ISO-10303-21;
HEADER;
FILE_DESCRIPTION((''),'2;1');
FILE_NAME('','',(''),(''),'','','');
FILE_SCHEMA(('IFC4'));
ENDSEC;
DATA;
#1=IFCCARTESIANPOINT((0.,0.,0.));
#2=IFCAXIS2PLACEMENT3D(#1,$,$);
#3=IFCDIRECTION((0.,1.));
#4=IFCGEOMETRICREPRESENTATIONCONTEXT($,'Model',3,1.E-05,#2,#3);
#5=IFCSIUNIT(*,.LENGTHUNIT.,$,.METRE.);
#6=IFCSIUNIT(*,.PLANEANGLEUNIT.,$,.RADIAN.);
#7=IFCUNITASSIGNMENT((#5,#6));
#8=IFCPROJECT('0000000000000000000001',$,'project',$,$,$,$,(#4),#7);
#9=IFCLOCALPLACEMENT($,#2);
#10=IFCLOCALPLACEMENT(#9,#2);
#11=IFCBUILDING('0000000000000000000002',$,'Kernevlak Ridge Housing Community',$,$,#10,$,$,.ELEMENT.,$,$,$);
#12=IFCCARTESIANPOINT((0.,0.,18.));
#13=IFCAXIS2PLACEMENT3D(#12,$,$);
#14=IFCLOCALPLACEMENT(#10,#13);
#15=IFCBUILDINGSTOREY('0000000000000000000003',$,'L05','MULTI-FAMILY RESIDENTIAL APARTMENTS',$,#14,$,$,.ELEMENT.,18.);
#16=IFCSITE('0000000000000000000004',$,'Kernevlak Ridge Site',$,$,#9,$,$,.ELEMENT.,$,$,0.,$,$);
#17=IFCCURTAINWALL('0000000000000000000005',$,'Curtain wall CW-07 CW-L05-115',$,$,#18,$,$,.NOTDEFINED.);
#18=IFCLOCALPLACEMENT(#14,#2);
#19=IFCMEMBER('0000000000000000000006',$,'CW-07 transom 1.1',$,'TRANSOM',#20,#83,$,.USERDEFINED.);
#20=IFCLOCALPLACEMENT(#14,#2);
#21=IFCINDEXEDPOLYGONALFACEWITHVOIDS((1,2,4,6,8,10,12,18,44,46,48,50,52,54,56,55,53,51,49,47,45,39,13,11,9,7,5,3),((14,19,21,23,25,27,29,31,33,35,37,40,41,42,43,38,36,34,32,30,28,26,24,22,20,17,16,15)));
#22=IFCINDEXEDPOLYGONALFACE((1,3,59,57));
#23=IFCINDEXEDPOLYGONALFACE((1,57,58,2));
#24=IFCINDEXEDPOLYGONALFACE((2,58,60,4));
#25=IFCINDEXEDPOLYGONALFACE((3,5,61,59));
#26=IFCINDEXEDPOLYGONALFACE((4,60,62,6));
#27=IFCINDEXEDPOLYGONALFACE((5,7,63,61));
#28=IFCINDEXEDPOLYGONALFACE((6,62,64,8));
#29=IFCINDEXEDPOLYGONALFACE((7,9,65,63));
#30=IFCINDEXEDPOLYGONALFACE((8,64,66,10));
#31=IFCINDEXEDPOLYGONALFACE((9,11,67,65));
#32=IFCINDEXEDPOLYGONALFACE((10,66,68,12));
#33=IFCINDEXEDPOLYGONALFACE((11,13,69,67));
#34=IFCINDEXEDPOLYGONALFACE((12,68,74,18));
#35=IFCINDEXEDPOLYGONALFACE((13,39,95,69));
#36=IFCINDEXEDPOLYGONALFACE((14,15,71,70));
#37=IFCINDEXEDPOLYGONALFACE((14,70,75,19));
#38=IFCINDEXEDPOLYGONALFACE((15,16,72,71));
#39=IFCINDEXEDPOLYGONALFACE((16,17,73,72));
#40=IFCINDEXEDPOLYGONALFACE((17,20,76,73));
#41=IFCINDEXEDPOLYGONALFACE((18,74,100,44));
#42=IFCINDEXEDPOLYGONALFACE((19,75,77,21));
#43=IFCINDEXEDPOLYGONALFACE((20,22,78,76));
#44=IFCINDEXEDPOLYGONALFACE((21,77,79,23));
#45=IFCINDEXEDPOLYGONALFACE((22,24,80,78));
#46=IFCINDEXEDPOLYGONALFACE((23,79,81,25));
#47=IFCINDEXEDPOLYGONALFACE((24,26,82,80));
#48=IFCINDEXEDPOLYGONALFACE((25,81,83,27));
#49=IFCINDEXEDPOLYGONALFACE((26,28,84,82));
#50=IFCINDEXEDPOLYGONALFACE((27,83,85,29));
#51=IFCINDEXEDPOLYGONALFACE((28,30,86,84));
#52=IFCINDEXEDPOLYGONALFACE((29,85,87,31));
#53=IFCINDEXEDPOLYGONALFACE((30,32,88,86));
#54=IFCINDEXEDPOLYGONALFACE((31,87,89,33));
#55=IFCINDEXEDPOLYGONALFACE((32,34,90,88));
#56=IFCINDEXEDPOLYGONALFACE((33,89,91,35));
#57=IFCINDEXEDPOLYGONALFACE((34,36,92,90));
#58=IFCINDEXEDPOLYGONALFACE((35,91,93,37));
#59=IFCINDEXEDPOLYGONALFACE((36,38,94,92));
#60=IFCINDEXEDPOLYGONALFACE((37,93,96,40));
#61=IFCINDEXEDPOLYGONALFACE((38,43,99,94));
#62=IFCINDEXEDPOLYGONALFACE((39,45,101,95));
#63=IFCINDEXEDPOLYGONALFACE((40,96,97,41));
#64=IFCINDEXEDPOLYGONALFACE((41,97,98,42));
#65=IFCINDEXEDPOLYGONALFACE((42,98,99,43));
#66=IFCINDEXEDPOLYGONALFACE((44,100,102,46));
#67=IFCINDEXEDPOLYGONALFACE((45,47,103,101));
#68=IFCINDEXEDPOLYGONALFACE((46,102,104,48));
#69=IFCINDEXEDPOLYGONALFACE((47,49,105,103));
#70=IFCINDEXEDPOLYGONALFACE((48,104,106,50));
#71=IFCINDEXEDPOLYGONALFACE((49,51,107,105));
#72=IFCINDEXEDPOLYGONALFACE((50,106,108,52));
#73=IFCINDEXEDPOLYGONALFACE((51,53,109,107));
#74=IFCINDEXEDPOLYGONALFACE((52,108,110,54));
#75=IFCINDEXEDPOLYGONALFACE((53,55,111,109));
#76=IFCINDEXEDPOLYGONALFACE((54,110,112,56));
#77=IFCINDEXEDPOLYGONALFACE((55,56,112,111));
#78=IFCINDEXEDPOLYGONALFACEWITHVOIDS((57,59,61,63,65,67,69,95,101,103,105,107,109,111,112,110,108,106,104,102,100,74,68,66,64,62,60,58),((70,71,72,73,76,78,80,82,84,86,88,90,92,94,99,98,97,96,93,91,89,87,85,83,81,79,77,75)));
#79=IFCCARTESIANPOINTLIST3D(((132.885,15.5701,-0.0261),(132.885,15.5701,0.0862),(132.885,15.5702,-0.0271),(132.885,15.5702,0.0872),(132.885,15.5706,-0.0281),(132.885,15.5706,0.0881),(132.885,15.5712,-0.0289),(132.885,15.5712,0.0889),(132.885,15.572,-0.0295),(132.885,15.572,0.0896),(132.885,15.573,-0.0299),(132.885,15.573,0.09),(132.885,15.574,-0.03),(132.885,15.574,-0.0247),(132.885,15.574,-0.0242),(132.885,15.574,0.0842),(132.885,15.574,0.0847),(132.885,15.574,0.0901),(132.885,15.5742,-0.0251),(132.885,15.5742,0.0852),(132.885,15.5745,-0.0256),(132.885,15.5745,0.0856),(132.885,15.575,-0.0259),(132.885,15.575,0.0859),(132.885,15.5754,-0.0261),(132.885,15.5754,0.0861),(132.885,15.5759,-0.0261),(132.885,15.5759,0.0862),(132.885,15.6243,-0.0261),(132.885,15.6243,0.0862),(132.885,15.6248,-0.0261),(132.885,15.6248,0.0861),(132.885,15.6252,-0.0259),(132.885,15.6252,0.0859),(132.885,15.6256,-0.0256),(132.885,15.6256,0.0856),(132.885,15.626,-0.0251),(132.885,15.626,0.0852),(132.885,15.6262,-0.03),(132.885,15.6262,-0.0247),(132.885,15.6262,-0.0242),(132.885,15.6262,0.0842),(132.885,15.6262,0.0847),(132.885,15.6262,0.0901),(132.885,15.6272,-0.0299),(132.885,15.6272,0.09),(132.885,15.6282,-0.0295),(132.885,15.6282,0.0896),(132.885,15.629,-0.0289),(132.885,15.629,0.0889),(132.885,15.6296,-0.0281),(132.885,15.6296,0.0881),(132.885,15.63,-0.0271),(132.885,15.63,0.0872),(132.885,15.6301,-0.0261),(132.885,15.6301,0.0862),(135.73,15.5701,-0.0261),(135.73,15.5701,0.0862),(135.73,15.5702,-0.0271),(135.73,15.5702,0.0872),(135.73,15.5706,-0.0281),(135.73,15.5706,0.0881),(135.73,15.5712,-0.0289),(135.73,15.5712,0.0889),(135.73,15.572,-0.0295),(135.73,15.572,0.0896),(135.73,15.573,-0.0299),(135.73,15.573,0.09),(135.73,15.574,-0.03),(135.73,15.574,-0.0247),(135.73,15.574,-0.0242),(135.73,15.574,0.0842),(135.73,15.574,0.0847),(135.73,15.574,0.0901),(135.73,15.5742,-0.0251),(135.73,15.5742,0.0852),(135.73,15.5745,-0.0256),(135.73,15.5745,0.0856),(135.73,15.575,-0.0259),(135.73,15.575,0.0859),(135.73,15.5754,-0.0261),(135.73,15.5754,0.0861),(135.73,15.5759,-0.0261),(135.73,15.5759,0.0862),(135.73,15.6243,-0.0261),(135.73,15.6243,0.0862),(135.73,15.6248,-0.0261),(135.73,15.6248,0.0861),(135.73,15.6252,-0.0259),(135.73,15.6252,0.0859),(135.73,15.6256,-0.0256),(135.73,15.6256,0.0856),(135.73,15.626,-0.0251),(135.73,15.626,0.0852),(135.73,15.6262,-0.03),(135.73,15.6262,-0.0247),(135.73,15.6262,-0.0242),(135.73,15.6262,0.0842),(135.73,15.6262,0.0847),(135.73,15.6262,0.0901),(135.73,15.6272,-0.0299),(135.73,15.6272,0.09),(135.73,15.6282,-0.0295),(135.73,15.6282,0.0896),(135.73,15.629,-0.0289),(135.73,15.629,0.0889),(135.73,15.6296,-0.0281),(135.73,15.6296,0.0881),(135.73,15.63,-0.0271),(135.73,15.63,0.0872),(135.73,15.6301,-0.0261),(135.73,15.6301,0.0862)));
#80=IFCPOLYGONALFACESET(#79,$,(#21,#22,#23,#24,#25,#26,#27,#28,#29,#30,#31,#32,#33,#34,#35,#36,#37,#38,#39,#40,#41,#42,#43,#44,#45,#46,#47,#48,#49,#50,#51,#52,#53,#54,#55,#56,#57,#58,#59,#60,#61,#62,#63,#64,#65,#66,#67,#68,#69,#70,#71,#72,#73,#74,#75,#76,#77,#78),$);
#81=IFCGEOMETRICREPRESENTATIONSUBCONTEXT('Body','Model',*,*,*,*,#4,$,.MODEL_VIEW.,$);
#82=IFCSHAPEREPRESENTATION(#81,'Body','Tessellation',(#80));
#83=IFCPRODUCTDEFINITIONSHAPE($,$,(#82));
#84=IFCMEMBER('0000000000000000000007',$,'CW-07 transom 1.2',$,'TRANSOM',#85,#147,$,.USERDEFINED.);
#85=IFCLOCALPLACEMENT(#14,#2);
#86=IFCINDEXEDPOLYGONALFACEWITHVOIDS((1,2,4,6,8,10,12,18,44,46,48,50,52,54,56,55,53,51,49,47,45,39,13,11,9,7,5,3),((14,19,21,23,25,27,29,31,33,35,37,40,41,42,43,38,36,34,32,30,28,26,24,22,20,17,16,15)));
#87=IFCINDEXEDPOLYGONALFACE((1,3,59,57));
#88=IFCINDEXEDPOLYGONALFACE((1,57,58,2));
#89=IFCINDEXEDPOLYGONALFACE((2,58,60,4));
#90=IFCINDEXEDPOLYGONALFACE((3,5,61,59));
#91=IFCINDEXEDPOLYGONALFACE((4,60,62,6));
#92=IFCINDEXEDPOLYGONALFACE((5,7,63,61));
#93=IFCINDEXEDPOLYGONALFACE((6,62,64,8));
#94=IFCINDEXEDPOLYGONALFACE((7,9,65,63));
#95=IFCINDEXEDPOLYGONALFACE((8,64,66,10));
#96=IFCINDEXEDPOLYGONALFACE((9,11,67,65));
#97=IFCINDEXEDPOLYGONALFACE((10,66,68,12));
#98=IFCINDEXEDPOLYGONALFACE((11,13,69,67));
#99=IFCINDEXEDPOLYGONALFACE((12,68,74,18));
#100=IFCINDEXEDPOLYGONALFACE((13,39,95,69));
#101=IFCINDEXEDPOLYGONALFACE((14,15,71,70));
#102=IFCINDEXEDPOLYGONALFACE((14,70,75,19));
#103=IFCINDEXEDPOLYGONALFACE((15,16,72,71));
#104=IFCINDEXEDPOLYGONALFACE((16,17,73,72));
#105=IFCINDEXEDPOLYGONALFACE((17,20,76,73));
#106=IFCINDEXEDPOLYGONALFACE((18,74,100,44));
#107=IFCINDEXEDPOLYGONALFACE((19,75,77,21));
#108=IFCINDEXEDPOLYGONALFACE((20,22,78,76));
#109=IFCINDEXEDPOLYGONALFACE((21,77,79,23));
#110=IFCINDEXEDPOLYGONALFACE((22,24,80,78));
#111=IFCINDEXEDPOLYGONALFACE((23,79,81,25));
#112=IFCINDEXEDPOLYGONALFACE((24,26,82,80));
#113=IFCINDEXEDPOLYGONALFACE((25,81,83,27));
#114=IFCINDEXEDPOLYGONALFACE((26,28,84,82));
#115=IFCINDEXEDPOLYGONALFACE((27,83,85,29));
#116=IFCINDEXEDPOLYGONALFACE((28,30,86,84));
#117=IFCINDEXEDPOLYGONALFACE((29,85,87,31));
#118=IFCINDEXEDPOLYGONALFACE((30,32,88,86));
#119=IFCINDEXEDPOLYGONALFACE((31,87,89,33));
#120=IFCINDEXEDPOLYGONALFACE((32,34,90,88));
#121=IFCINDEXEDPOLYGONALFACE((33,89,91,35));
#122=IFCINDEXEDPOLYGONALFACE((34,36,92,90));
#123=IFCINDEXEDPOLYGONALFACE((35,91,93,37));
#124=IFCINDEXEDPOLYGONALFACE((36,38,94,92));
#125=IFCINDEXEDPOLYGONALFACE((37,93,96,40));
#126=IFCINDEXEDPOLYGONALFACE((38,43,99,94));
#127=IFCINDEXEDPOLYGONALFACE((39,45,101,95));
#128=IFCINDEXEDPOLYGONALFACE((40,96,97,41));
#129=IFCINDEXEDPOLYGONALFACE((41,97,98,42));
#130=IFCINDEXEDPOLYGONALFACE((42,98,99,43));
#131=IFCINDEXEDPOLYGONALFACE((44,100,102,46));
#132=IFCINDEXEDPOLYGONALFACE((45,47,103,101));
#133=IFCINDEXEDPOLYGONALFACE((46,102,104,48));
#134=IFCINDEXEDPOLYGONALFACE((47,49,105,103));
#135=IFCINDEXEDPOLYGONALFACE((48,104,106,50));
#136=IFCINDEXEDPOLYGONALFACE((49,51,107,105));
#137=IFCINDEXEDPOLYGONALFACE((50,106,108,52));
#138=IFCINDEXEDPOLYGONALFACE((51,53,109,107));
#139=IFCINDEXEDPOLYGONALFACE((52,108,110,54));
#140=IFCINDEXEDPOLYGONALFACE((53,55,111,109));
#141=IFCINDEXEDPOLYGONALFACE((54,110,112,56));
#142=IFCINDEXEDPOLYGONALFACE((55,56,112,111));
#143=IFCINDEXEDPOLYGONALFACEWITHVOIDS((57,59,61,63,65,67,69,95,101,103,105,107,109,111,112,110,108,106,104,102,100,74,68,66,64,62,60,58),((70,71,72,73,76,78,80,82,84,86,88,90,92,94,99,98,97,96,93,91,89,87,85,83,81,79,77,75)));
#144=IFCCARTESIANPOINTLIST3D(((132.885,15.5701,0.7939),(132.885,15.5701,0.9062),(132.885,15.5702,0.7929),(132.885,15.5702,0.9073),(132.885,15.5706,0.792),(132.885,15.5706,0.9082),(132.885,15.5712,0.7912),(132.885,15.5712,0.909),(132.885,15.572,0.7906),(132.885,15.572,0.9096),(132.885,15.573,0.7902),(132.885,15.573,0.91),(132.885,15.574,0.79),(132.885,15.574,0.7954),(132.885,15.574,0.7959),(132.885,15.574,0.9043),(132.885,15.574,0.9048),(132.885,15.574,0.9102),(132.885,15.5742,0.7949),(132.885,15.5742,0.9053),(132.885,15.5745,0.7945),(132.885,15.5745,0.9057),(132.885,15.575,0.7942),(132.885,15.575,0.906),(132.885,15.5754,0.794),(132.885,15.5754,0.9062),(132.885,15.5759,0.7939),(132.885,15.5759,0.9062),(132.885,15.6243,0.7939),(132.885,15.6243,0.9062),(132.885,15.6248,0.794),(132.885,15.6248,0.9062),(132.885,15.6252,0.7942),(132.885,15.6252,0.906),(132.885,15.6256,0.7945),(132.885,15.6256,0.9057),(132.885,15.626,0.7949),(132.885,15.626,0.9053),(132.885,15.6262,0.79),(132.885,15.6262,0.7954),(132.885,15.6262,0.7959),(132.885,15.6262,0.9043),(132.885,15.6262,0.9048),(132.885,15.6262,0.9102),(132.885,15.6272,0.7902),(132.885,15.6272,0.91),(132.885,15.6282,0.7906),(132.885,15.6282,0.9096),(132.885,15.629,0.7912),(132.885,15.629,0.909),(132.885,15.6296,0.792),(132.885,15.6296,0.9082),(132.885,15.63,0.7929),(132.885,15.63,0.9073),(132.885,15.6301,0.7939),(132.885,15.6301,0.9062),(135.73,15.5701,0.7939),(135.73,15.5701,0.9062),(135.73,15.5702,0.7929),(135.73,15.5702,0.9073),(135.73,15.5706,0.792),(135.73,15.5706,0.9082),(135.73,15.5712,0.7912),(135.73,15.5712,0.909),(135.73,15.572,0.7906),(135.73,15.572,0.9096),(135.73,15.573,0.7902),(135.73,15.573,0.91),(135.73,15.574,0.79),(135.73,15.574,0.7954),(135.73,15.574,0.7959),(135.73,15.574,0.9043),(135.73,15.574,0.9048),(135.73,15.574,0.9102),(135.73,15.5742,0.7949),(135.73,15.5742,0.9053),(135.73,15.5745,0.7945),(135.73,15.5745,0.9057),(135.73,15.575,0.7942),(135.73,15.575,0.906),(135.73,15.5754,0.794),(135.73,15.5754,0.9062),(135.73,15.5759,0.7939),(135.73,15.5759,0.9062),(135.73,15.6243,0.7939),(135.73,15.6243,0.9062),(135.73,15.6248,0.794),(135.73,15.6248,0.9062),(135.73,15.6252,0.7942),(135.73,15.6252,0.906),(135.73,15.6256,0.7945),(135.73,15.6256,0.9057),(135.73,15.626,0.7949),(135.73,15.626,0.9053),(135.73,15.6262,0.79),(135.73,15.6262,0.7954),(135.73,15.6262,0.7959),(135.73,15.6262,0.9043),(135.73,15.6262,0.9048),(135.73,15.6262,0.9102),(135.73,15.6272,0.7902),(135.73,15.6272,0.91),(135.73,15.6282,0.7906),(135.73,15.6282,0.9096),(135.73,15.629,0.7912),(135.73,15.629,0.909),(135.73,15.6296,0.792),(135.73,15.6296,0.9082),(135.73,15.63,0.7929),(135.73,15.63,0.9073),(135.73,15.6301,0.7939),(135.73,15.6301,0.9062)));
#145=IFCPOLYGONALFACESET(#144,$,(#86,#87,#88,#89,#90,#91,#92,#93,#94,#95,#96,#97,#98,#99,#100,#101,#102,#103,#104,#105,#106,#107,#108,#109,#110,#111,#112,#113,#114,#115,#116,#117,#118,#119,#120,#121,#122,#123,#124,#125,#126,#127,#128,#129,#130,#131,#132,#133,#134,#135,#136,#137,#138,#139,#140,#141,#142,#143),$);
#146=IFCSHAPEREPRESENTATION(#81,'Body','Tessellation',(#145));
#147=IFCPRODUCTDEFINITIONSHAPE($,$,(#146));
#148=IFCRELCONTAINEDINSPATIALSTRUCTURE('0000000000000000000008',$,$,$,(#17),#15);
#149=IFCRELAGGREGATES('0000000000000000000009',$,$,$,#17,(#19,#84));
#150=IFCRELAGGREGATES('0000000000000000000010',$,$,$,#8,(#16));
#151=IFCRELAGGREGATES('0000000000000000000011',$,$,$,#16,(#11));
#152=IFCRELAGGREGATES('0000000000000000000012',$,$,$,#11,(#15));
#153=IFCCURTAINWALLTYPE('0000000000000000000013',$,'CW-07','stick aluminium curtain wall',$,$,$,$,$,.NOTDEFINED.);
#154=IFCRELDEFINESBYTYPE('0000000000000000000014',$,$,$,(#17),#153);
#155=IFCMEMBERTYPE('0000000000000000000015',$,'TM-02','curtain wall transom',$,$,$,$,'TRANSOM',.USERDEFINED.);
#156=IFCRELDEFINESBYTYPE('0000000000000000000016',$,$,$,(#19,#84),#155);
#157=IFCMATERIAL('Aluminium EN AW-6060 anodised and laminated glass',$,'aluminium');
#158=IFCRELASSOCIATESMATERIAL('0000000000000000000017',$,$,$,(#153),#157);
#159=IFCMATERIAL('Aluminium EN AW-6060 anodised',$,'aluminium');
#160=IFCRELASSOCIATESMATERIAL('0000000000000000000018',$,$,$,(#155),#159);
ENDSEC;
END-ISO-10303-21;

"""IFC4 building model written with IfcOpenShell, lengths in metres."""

from ifc_helpers import new_model, si_unit, direction, frame, origin, origin_2d, place, context, subcontext, project, spatial, hollow_rectangle, extrude, material, material_profile, profile_set, type_object, element, aggregate, save


model = new_model("IFC4")

# Units and contexts
model_context = context("Model", 3, precision=1e-05, world=origin(), true_north=direction((0.0, 1.0)))
body_context = subcontext(model_context, "Body", "Model", "MODEL_VIEW")
ifc_project = project(units=[si_unit("LENGTHUNIT", "METRE"), si_unit("PLANEANGLEUNIT", "RADIAN")], contexts=[model_context])

# Site, building, storey
site_placement = place(None, origin())
site = spatial("IfcSite", under=ifc_project, at=site_placement, Name="Kernevlak Ridge Site", CompositionType="ELEMENT", RefElevation=0.0)
building_placement = place(site_placement, origin())
building = spatial("IfcBuilding", under=site, at=building_placement, Name="Kernevlak Ridge Housing Community", CompositionType="ELEMENT")
storey_placement = place(building_placement, frame((0.0, 0.0, 18.0)))
storey = spatial("IfcBuildingStorey", under=building, at=storey_placement, Name="L05", Description="MULTI-FAMILY RESIDENTIAL APARTMENTS", CompositionType="ELEMENT", Elevation=18.0)

# Curtain wall
ifc_material_1 = material(Name="Aluminium EN AW-6060 anodised and laminated glass", Category="aluminium")
curtain_wall_type = type_object("IfcCurtainWallType", Name="CW-07", Description="stick aluminium curtain wall", PredefinedType="NOTDEFINED", material=ifc_material_1)
curtain_wall_placement = place(storey_placement, origin())
curtain_wall = element("IfcCurtainWall", 1, at=curtain_wall_placement, inside=storey, type_object=curtain_wall_type, Name="Curtain wall CW-07 CW-L05-115", PredefinedType="NOTDEFINED")
ifc_material_2 = material(Name="Aluminium EN AW-6060 anodised", Category="aluminium")

# Members
ifc_material_profile_1 = material_profile(ifc_material_2, hollow_rectangle(XDim=0.0601, YDim=0.1201, WallThickness=0.0039, InnerFilletRadius=0.002, OuterFilletRadius=0.0039, at=origin_2d()), Name="ALU 60x120x4")
ifc_profile_set_1 = profile_set([ifc_material_profile_1], Name="Aluminium EN AW-6060 anodised")
member_type_1 = type_object("IfcMemberType", Name="TM-02", Description="curtain wall transom", ElementType="TRANSOM", PredefinedType="USERDEFINED", material=ifc_profile_set_1)
member_1_placement = place(storey_placement, frame((132.885, 15.6001, 0.03), z_axis=(1.0, 0.0, 0.0), x_axis=(0.0, 1.0, 0.0)))
member_1 = element("IfcMember", 2, at=member_1_placement, type_object=member_type_1, Name="CW-07 transom 1.1", ObjectType="TRANSOM", PredefinedType="USERDEFINED", context=body_context, shape_type="SweptSolid", body=[
    extrude(hollow_rectangle(XDim=0.0601, YDim=0.1201, WallThickness=0.0039, InnerFilletRadius=0.002, OuterFilletRadius=0.0039, at=origin_2d()), origin(), (0.0, 0.0, 1.0), 2.845),
])
member_2_placement = place(storey_placement, frame((132.885, 15.6001, 0.8501), z_axis=(1.0, 0.0, 0.0), x_axis=(0.0, 1.0, 0.0)))
member_2 = element("IfcMember", 3, at=member_2_placement, type_object=member_type_1, Name="CW-07 transom 1.2", ObjectType="TRANSOM", PredefinedType="USERDEFINED", context=body_context, shape_type="SweptSolid", body=[
    extrude(hollow_rectangle(XDim=0.0601, YDim=0.1201, WallThickness=0.0039, InnerFilletRadius=0.002, OuterFilletRadius=0.0039, at=origin_2d()), origin(), (0.0, 0.0, 1.0), 2.845),
])
aggregate(curtain_wall, [member_1, member_2])

save(model, "model.ifc")
